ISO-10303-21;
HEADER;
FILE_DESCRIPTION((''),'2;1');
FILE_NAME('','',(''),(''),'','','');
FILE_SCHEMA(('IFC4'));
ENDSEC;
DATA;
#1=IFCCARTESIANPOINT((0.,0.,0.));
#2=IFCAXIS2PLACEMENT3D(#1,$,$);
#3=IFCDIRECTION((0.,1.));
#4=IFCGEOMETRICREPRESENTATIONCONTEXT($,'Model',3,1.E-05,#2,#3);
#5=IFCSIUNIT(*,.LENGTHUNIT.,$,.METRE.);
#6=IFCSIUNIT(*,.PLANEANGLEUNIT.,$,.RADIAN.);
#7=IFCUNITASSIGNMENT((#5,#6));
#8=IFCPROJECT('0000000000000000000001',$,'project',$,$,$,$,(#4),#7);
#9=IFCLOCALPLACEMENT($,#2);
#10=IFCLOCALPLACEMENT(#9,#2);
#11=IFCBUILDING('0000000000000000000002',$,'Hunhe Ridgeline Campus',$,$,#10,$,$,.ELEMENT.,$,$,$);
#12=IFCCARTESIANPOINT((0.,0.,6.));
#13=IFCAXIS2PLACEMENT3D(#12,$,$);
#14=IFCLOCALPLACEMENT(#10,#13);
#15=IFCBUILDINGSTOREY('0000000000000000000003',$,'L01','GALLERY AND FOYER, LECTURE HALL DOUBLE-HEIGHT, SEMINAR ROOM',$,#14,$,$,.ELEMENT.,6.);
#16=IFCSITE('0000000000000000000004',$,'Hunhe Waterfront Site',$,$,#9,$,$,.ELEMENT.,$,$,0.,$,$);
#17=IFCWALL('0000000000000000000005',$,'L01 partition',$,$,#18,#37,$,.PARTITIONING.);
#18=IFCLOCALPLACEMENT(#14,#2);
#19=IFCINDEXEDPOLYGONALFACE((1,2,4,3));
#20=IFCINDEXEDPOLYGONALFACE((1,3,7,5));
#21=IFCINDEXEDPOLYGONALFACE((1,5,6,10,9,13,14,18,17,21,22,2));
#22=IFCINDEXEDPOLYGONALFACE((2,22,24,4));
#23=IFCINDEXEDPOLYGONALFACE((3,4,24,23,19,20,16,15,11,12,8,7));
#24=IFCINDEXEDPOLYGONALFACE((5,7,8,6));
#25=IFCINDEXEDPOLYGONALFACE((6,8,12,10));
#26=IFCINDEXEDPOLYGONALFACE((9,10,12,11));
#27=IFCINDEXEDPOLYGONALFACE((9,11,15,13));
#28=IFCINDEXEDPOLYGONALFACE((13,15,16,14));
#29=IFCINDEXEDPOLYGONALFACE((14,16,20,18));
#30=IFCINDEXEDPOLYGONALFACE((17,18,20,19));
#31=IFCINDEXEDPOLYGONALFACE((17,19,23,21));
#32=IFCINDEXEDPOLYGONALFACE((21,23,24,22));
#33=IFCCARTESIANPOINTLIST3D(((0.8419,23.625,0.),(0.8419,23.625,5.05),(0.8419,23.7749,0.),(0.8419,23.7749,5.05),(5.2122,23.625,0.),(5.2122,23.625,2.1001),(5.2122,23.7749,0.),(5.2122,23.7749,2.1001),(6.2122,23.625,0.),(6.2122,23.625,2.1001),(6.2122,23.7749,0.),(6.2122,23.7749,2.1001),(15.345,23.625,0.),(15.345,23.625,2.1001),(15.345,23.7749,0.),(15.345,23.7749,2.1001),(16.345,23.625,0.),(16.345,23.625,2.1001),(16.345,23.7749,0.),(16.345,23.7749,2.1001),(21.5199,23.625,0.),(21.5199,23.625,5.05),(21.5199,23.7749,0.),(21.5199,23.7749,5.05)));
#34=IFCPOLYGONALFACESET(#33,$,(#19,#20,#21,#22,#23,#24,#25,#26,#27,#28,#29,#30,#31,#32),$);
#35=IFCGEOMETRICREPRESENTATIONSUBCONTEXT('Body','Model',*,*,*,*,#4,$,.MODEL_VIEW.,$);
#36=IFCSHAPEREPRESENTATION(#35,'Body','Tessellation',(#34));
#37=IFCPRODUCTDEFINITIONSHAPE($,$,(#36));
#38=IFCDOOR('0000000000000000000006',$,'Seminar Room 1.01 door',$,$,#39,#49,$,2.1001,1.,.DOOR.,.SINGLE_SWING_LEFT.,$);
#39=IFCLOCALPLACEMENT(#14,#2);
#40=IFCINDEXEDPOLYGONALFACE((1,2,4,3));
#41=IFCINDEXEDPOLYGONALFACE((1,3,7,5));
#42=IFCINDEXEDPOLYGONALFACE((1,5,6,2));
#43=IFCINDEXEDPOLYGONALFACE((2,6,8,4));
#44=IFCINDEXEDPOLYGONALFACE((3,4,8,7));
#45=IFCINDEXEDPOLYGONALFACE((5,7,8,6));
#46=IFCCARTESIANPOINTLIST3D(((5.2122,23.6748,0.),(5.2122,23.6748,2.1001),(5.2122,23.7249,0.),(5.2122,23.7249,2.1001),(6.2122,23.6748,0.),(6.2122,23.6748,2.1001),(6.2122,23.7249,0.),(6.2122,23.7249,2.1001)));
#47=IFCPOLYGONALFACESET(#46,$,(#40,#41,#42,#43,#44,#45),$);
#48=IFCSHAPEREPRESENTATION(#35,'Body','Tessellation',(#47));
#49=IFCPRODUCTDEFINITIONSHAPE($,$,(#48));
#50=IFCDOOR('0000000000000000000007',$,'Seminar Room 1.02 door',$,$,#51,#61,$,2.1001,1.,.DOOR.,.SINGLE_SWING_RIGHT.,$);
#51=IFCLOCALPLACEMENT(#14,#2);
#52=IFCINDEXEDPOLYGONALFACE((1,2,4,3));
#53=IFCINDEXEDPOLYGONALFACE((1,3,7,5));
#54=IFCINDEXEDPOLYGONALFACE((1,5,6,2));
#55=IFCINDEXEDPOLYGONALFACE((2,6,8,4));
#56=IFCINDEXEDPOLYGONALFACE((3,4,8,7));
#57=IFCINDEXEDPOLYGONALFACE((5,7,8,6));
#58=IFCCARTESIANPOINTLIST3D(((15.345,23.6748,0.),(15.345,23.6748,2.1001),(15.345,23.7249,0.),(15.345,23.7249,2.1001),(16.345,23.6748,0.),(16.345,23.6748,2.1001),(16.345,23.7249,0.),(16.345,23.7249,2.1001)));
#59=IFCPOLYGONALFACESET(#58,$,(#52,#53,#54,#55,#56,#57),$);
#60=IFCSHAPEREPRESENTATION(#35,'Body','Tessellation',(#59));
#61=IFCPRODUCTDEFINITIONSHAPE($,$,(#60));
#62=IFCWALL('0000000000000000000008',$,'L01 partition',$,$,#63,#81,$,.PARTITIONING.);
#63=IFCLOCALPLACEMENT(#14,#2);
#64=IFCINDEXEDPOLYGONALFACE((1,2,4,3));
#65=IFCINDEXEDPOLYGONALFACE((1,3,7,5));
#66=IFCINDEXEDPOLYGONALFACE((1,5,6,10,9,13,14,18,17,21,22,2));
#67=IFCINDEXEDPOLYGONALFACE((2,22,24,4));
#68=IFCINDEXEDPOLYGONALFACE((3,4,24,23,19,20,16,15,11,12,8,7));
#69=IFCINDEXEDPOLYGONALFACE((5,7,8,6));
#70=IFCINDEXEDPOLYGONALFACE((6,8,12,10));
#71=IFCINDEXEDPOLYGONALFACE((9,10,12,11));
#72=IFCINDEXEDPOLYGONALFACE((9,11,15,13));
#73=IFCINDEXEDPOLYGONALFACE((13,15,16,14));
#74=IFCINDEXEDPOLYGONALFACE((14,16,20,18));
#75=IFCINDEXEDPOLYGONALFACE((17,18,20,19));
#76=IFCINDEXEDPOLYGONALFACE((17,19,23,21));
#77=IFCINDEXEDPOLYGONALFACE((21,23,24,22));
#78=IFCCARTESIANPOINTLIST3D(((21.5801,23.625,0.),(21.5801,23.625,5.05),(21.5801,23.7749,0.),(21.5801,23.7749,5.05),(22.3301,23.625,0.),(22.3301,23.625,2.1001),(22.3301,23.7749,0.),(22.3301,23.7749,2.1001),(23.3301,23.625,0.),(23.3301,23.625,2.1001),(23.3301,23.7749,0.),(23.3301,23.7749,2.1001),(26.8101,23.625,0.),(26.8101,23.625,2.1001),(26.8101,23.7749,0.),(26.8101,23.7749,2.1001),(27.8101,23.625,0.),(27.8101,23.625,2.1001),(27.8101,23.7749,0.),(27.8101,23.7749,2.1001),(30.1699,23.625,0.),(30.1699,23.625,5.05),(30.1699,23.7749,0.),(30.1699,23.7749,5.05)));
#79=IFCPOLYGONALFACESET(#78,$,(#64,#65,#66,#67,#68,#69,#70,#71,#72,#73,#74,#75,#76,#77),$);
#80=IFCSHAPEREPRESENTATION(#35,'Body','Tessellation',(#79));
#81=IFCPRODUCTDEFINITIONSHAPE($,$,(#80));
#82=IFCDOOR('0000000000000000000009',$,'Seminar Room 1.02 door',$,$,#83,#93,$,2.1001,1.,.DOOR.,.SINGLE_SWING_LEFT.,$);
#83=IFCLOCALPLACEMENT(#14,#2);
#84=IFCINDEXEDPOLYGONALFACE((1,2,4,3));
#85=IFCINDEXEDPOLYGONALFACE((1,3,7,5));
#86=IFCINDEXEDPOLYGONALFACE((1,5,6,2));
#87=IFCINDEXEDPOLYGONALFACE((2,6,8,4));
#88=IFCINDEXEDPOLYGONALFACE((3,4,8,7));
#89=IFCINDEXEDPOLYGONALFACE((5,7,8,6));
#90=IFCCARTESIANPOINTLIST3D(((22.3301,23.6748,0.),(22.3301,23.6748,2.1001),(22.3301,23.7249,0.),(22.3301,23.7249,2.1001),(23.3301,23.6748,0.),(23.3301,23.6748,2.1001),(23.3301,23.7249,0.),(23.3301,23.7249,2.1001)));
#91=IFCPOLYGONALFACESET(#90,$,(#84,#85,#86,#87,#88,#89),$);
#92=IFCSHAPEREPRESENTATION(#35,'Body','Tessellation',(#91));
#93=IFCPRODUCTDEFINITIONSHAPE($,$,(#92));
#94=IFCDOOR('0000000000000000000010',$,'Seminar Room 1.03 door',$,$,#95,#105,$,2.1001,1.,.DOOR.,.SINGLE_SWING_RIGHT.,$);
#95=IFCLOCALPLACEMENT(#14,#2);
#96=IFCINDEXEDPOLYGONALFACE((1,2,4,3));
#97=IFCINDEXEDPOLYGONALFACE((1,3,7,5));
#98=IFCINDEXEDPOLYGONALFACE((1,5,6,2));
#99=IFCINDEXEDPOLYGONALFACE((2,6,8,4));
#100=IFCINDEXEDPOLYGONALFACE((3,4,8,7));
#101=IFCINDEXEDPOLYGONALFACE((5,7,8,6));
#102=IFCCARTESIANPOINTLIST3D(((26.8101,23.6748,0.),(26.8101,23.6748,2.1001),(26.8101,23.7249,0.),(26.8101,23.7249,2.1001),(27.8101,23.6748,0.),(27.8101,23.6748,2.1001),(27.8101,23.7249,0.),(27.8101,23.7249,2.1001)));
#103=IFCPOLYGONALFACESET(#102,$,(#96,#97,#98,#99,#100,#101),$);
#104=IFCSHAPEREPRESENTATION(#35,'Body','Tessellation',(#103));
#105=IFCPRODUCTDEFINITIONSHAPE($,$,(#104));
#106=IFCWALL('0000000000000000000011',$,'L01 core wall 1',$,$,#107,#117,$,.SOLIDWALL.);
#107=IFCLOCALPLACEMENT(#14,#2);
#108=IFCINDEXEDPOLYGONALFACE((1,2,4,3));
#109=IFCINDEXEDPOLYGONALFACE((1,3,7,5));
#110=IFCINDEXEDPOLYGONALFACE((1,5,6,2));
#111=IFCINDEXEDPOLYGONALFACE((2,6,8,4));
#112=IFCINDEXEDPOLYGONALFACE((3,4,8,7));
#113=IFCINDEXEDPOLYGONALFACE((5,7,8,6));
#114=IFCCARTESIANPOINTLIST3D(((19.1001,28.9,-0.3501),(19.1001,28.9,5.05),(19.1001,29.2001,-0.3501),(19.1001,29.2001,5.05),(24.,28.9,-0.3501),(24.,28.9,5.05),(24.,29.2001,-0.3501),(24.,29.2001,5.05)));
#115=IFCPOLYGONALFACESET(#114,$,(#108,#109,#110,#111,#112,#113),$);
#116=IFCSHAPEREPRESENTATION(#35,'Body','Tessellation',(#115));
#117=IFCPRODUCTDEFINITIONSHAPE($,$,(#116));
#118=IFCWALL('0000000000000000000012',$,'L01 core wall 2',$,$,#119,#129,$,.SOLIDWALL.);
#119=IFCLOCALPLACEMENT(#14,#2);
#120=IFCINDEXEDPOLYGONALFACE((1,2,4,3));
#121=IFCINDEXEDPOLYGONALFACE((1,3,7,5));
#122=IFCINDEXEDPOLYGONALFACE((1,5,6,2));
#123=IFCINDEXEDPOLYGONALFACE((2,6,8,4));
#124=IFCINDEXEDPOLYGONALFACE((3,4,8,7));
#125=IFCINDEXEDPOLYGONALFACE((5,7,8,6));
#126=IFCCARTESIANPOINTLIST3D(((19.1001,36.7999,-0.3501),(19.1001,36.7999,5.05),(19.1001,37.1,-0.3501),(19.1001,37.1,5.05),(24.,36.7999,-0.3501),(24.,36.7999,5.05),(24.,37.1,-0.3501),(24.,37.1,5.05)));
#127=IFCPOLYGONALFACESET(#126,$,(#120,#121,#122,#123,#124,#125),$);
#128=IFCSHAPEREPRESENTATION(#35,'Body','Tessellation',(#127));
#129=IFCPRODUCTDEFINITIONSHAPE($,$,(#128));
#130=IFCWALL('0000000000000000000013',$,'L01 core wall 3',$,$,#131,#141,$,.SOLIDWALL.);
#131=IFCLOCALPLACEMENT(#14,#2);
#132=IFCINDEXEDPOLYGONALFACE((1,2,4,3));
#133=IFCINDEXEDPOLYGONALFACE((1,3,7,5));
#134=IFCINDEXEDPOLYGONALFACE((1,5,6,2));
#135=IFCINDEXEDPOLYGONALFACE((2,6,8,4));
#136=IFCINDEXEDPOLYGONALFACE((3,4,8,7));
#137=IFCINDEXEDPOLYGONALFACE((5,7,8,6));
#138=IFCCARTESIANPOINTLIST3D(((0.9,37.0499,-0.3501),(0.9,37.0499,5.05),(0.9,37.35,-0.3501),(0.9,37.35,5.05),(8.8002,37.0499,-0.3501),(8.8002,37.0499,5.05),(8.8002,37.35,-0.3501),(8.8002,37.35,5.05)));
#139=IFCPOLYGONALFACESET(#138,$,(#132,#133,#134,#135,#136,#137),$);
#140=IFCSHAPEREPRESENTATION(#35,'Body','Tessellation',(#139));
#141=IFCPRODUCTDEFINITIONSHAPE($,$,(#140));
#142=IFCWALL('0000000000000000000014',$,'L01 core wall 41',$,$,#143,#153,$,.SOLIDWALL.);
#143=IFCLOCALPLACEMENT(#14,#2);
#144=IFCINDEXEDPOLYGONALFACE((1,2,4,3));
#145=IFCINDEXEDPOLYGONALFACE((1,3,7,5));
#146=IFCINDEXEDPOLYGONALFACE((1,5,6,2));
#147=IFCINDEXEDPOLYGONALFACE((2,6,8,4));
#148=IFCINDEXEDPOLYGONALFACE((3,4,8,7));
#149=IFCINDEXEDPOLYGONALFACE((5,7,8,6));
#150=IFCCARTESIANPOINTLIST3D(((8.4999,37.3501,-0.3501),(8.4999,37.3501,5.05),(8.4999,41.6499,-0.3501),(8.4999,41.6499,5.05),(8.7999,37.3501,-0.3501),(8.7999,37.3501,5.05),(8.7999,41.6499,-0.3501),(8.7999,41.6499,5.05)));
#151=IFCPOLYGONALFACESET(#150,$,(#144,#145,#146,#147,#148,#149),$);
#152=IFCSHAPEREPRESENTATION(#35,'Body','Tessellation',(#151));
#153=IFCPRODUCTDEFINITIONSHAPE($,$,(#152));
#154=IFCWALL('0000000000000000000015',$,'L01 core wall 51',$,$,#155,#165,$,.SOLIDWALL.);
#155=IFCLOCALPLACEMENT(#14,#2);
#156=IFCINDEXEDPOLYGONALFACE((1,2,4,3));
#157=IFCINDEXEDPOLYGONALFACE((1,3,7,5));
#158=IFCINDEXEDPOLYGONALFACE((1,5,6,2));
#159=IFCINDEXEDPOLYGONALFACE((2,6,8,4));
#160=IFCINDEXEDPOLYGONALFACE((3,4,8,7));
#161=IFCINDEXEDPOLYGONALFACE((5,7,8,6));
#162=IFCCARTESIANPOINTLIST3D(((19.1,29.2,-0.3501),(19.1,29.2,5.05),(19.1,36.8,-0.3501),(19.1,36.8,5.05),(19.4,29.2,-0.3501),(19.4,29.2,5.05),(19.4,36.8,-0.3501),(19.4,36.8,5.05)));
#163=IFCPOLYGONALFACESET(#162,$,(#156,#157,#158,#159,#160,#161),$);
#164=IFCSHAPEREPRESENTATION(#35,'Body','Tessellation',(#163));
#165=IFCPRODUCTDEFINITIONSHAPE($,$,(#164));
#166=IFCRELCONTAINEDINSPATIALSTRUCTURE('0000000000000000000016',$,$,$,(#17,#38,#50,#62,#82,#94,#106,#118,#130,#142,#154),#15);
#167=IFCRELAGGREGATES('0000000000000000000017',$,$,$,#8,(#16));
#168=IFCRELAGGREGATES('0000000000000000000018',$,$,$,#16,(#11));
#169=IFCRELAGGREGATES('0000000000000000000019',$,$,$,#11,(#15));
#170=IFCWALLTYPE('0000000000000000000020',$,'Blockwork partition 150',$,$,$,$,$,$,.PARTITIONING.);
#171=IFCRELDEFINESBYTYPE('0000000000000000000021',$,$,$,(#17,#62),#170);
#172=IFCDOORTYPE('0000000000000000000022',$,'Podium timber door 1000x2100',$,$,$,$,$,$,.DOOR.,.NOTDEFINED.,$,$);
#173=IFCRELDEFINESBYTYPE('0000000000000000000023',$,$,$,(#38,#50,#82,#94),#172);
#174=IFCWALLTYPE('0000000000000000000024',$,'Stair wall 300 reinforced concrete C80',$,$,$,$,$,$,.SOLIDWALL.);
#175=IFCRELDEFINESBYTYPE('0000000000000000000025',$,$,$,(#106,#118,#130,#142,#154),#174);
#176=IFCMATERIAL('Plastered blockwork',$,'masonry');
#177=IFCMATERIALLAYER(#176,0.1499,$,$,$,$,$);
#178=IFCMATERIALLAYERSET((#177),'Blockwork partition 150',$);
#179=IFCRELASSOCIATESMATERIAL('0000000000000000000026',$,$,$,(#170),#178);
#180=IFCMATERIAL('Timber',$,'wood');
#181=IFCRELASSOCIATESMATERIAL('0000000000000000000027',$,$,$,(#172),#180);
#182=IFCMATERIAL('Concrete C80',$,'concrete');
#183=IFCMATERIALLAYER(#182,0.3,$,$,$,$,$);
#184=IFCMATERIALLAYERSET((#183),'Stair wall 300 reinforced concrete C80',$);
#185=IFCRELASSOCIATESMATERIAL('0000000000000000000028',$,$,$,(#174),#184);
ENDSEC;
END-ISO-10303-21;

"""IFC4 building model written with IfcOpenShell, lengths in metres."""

from ifc_helpers import new_model, si_unit, direction, frame, frame_2d, origin, place, context, subcontext, project, spatial, rectangle, extrude, material, layer, layer_set, type_object, element, fill, save


model = new_model("IFC4")

# Units and contexts
model_context = context("Model", 3, precision=1e-05, world=origin(), true_north=direction((0.0, 1.0)))
body_context = subcontext(model_context, "Body", "Model", "MODEL_VIEW")
ifc_project = project(units=[si_unit("LENGTHUNIT", "METRE"), si_unit("PLANEANGLEUNIT", "RADIAN")], contexts=[model_context])

# Site, building, storey
site_placement = place(None, origin())
site = spatial("IfcSite", under=ifc_project, at=site_placement, Name="Hunhe Waterfront Site", CompositionType="ELEMENT", RefElevation=0.0)
building_placement = place(site_placement, origin())
building = spatial("IfcBuilding", under=site, at=building_placement, Name="Hunhe Ridgeline Campus", CompositionType="ELEMENT")
storey_placement = place(building_placement, frame((0.0, 0.0, 6.0)))
storey = spatial("IfcBuildingStorey", under=building, at=storey_placement, Name="L01", Description="GALLERY AND FOYER, LECTURE HALL DOUBLE-HEIGHT, SEMINAR ROOM", CompositionType="ELEMENT", Elevation=6.0)

# Shared definitions
ifc_material_1 = material(Name="Concrete C80", Category="concrete")

# Walls, openings, doors
ifc_material_2 = material(Name="Plastered blockwork", Category="masonry")
ifc_layer_1 = layer(ifc_material_2, 0.1499)
ifc_layer_set_1 = layer_set([ifc_layer_1], Name="Blockwork partition 150")
wall_type_1 = type_object("IfcWallType", Name="Blockwork partition 150", PredefinedType="PARTITIONING", material=ifc_layer_set_1)
wall_1_placement = place(storey_placement, frame((0.842, 23.7, 0.0), z_axis=(0.0, 0.0, 1.0), x_axis=(1.0, 0.0, 0.0)))
wall_1 = element("IfcWall", 1, at=wall_1_placement, inside=storey, type_object=wall_type_1, Name="L01 partition", PredefinedType="PARTITIONING", context=body_context, shape_type="SweptSolid", body=[
    extrude(rectangle(XDim=20.678, YDim=0.1499, at=frame_2d((10.3389, 0.0))), origin(), (0.0, 0.0, 1.0), 5.05),
])
opening_1_placement = place(wall_1_placement, frame((4.3701, 0.0, 0.0)))
opening_1 = element("IfcOpeningElement", 2, at=opening_1_placement, cuts=wall_1, PredefinedType="OPENING", context=body_context, shape_type="SweptSolid", body=[
    extrude(rectangle(XDim=1.0, YDim=2.1001, at=frame_2d((0.5, 1.05))), frame((0.0, 0.075, 0.0), z_axis=(0.0, -1.0, 0.0), x_axis=(1.0, 0.0, 0.0)), (0.0, 0.0, 1.0), 0.1499),
])
opening_2_placement = place(wall_1_placement, frame((14.5029, 0.0, 0.0)))
opening_2 = element("IfcOpeningElement", 3, at=opening_2_placement, cuts=wall_1, PredefinedType="OPENING", context=body_context, shape_type="SweptSolid", body=[
    extrude(rectangle(XDim=1.0, YDim=2.1001, at=frame_2d((0.5, 1.05))), frame((0.0, 0.075, 0.0), z_axis=(0.0, -1.0, 0.0), x_axis=(1.0, 0.0, 0.0)), (0.0, 0.0, 1.0), 0.1499),
])
ifc_material_3 = material(Name="Timber", Category="wood")
door_type = type_object("IfcDoorType", Name="Podium timber door 1000x2100", OperationType="NOTDEFINED", PredefinedType="DOOR", material=ifc_material_3)
door_1_placement = place(opening_1_placement, origin())
door_1 = element("IfcDoor", 4, at=door_1_placement, inside=storey, type_object=door_type, Name="Seminar Room 1.01 door", OperationType="SINGLE_SWING_LEFT", OverallHeight=2.1001, OverallWidth=1.0, PredefinedType="DOOR", context=body_context, shape_type="SweptSolid", body=[
    extrude(rectangle(XDim=1.0, YDim=2.1001, at=frame_2d((0.5, 1.05))), frame((0.0, 0.0249, 0.0), z_axis=(0.0, -1.0, 0.0), x_axis=(1.0, 0.0, 0.0)), (0.0, 0.0, 1.0), 0.05),
])
fill(opening_1, door_1)
door_2_placement = place(opening_2_placement, origin())
door_2 = element("IfcDoor", 5, at=door_2_placement, inside=storey, type_object=door_type, Name="Seminar Room 1.02 door", OperationType="SINGLE_SWING_RIGHT", OverallHeight=2.1001, OverallWidth=1.0, PredefinedType="DOOR", context=body_context, shape_type="SweptSolid", body=[
    extrude(rectangle(XDim=1.0, YDim=2.1001, at=frame_2d((0.5, 1.05))), frame((0.0, 0.0249, 0.0), z_axis=(0.0, -1.0, 0.0), x_axis=(1.0, 0.0, 0.0)), (0.0, 0.0, 1.0), 0.05),
])
fill(opening_2, door_2)
wall_2_placement = place(storey_placement, frame((21.5801, 23.7, 0.0), z_axis=(0.0, 0.0, 1.0), x_axis=(1.0, 0.0, 0.0)))
wall_2 = element("IfcWall", 6, at=wall_2_placement, inside=storey, type_object=wall_type_1, Name="L01 partition", PredefinedType="PARTITIONING", context=body_context, shape_type="SweptSolid", body=[
    extrude(rectangle(XDim=8.5898, YDim=0.1499, at=frame_2d((4.2949, 0.0))), origin(), (0.0, 0.0, 1.0), 5.05),
])
opening_3_placement = place(wall_2_placement, frame((0.75, 0.0, 0.0)))
opening_3 = element("IfcOpeningElement", 7, at=opening_3_placement, cuts=wall_2, PredefinedType="OPENING", context=body_context, shape_type="SweptSolid", body=[
    extrude(rectangle(XDim=1.0, YDim=2.1001, at=frame_2d((0.5, 1.05))), frame((0.0, 0.075, 0.0), z_axis=(0.0, -1.0, 0.0), x_axis=(1.0, 0.0, 0.0)), (0.0, 0.0, 1.0), 0.1499),
])
opening_4_placement = place(wall_2_placement, frame((5.23, 0.0, 0.0)))
opening_4 = element("IfcOpeningElement", 8, at=opening_4_placement, cuts=wall_2, PredefinedType="OPENING", context=body_context, shape_type="SweptSolid", body=[
    extrude(rectangle(XDim=1.0, YDim=2.1001, at=frame_2d((0.5, 1.05))), frame((0.0, 0.075, 0.0), z_axis=(0.0, -1.0, 0.0), x_axis=(1.0, 0.0, 0.0)), (0.0, 0.0, 1.0), 0.1499),
])
door_3_placement = place(opening_3_placement, origin())
door_3 = element("IfcDoor", 9, at=door_3_placement, inside=storey, type_object=door_type, Name="Seminar Room 1.02 door", OperationType="SINGLE_SWING_LEFT", OverallHeight=2.1001, OverallWidth=1.0, PredefinedType="DOOR", context=body_context, shape_type="SweptSolid", body=[
    extrude(rectangle(XDim=1.0, YDim=2.1001, at=frame_2d((0.5, 1.05))), frame((0.0, 0.0249, 0.0), z_axis=(0.0, -1.0, 0.0), x_axis=(1.0, 0.0, 0.0)), (0.0, 0.0, 1.0), 0.05),
])
fill(opening_3, door_3)
door_4_placement = place(opening_4_placement, origin())
door_4 = element("IfcDoor", 10, at=door_4_placement, inside=storey, type_object=door_type, Name="Seminar Room 1.03 door", OperationType="SINGLE_SWING_RIGHT", OverallHeight=2.1001, OverallWidth=1.0, PredefinedType="DOOR", context=body_context, shape_type="SweptSolid", body=[
    extrude(rectangle(XDim=1.0, YDim=2.1001, at=frame_2d((0.5, 1.05))), frame((0.0, 0.0249, 0.0), z_axis=(0.0, -1.0, 0.0), x_axis=(1.0, 0.0, 0.0)), (0.0, 0.0, 1.0), 0.05),
])
fill(opening_4, door_4)

# Walls
ifc_layer_2 = layer(ifc_material_1, 0.3)
ifc_layer_set_2 = layer_set([ifc_layer_2], Name="Stair wall 300 reinforced concrete C80")
wall_type_2 = type_object("IfcWallType", Name="Stair wall 300 reinforced concrete C80", PredefinedType="SOLIDWALL", material=ifc_layer_set_2)
for number, where, z_axis, x_axis, name in (
    (11, (19.1001, 29.05, -0.3501), (0.0, 0.0, 1.0), (1.0, 0.0, 0.0), "L01 core wall 1"),
    (12, (19.1001, 36.95, -0.3501), (0.0, 0.0, 1.0), (1.0, 0.0, 0.0), "L01 core wall 2"),
):
    element("IfcWall", number, at=place(storey_placement, frame(where, z_axis=z_axis, x_axis=x_axis)), inside=storey, type_object=wall_type_2, Name=name, PredefinedType="SOLIDWALL", context=body_context, shape_type="SweptSolid", body=[
        extrude(rectangle(XDim=4.8999, YDim=0.3, at=frame_2d((2.45, 0.0))), origin(), (0.0, 0.0, 1.0), 5.4001),
    ])
wall_3_placement = place(storey_placement, frame((0.8999, 37.2, -0.3501), z_axis=(0.0, 0.0, 1.0), x_axis=(1.0, 0.0, 0.0)))
element("IfcWall", 13, at=wall_3_placement, inside=storey, type_object=wall_type_2, Name="L01 core wall 3", PredefinedType="SOLIDWALL", context=body_context, shape_type="SweptSolid", body=[
    extrude(rectangle(XDim=7.9001, YDim=0.3, at=frame_2d((3.9502, 0.0))), origin(), (0.0, 0.0, 1.0), 5.4001),
])
wall_4_placement = place(storey_placement, frame((8.6499, 37.3501, -0.3501), z_axis=(0.0, 0.0, 1.0), x_axis=(0.0, 1.0, 0.0)))
element("IfcWall", 14, at=wall_4_placement, inside=storey, type_object=wall_type_2, Name="L01 core wall 41", PredefinedType="SOLIDWALL", context=body_context, shape_type="SweptSolid", body=[
    extrude(rectangle(XDim=4.2998, YDim=0.3, at=frame_2d((2.1499, 0.0))), origin(), (0.0, 0.0, 1.0), 5.4001),
])
wall_5_placement = place(storey_placement, frame((19.25, 29.2, -0.3501), z_axis=(0.0, 0.0, 1.0), x_axis=(0.0, 1.0, 0.0)))
element("IfcWall", 15, at=wall_5_placement, inside=storey, type_object=wall_type_2, Name="L01 core wall 51", PredefinedType="SOLIDWALL", context=body_context, shape_type="SweptSolid", body=[
    extrude(rectangle(XDim=7.6001, YDim=0.3, at=frame_2d((3.8, 0.0))), origin(), (0.0, 0.0, 1.0), 5.4001),
])

save(model, "model.ifc")
